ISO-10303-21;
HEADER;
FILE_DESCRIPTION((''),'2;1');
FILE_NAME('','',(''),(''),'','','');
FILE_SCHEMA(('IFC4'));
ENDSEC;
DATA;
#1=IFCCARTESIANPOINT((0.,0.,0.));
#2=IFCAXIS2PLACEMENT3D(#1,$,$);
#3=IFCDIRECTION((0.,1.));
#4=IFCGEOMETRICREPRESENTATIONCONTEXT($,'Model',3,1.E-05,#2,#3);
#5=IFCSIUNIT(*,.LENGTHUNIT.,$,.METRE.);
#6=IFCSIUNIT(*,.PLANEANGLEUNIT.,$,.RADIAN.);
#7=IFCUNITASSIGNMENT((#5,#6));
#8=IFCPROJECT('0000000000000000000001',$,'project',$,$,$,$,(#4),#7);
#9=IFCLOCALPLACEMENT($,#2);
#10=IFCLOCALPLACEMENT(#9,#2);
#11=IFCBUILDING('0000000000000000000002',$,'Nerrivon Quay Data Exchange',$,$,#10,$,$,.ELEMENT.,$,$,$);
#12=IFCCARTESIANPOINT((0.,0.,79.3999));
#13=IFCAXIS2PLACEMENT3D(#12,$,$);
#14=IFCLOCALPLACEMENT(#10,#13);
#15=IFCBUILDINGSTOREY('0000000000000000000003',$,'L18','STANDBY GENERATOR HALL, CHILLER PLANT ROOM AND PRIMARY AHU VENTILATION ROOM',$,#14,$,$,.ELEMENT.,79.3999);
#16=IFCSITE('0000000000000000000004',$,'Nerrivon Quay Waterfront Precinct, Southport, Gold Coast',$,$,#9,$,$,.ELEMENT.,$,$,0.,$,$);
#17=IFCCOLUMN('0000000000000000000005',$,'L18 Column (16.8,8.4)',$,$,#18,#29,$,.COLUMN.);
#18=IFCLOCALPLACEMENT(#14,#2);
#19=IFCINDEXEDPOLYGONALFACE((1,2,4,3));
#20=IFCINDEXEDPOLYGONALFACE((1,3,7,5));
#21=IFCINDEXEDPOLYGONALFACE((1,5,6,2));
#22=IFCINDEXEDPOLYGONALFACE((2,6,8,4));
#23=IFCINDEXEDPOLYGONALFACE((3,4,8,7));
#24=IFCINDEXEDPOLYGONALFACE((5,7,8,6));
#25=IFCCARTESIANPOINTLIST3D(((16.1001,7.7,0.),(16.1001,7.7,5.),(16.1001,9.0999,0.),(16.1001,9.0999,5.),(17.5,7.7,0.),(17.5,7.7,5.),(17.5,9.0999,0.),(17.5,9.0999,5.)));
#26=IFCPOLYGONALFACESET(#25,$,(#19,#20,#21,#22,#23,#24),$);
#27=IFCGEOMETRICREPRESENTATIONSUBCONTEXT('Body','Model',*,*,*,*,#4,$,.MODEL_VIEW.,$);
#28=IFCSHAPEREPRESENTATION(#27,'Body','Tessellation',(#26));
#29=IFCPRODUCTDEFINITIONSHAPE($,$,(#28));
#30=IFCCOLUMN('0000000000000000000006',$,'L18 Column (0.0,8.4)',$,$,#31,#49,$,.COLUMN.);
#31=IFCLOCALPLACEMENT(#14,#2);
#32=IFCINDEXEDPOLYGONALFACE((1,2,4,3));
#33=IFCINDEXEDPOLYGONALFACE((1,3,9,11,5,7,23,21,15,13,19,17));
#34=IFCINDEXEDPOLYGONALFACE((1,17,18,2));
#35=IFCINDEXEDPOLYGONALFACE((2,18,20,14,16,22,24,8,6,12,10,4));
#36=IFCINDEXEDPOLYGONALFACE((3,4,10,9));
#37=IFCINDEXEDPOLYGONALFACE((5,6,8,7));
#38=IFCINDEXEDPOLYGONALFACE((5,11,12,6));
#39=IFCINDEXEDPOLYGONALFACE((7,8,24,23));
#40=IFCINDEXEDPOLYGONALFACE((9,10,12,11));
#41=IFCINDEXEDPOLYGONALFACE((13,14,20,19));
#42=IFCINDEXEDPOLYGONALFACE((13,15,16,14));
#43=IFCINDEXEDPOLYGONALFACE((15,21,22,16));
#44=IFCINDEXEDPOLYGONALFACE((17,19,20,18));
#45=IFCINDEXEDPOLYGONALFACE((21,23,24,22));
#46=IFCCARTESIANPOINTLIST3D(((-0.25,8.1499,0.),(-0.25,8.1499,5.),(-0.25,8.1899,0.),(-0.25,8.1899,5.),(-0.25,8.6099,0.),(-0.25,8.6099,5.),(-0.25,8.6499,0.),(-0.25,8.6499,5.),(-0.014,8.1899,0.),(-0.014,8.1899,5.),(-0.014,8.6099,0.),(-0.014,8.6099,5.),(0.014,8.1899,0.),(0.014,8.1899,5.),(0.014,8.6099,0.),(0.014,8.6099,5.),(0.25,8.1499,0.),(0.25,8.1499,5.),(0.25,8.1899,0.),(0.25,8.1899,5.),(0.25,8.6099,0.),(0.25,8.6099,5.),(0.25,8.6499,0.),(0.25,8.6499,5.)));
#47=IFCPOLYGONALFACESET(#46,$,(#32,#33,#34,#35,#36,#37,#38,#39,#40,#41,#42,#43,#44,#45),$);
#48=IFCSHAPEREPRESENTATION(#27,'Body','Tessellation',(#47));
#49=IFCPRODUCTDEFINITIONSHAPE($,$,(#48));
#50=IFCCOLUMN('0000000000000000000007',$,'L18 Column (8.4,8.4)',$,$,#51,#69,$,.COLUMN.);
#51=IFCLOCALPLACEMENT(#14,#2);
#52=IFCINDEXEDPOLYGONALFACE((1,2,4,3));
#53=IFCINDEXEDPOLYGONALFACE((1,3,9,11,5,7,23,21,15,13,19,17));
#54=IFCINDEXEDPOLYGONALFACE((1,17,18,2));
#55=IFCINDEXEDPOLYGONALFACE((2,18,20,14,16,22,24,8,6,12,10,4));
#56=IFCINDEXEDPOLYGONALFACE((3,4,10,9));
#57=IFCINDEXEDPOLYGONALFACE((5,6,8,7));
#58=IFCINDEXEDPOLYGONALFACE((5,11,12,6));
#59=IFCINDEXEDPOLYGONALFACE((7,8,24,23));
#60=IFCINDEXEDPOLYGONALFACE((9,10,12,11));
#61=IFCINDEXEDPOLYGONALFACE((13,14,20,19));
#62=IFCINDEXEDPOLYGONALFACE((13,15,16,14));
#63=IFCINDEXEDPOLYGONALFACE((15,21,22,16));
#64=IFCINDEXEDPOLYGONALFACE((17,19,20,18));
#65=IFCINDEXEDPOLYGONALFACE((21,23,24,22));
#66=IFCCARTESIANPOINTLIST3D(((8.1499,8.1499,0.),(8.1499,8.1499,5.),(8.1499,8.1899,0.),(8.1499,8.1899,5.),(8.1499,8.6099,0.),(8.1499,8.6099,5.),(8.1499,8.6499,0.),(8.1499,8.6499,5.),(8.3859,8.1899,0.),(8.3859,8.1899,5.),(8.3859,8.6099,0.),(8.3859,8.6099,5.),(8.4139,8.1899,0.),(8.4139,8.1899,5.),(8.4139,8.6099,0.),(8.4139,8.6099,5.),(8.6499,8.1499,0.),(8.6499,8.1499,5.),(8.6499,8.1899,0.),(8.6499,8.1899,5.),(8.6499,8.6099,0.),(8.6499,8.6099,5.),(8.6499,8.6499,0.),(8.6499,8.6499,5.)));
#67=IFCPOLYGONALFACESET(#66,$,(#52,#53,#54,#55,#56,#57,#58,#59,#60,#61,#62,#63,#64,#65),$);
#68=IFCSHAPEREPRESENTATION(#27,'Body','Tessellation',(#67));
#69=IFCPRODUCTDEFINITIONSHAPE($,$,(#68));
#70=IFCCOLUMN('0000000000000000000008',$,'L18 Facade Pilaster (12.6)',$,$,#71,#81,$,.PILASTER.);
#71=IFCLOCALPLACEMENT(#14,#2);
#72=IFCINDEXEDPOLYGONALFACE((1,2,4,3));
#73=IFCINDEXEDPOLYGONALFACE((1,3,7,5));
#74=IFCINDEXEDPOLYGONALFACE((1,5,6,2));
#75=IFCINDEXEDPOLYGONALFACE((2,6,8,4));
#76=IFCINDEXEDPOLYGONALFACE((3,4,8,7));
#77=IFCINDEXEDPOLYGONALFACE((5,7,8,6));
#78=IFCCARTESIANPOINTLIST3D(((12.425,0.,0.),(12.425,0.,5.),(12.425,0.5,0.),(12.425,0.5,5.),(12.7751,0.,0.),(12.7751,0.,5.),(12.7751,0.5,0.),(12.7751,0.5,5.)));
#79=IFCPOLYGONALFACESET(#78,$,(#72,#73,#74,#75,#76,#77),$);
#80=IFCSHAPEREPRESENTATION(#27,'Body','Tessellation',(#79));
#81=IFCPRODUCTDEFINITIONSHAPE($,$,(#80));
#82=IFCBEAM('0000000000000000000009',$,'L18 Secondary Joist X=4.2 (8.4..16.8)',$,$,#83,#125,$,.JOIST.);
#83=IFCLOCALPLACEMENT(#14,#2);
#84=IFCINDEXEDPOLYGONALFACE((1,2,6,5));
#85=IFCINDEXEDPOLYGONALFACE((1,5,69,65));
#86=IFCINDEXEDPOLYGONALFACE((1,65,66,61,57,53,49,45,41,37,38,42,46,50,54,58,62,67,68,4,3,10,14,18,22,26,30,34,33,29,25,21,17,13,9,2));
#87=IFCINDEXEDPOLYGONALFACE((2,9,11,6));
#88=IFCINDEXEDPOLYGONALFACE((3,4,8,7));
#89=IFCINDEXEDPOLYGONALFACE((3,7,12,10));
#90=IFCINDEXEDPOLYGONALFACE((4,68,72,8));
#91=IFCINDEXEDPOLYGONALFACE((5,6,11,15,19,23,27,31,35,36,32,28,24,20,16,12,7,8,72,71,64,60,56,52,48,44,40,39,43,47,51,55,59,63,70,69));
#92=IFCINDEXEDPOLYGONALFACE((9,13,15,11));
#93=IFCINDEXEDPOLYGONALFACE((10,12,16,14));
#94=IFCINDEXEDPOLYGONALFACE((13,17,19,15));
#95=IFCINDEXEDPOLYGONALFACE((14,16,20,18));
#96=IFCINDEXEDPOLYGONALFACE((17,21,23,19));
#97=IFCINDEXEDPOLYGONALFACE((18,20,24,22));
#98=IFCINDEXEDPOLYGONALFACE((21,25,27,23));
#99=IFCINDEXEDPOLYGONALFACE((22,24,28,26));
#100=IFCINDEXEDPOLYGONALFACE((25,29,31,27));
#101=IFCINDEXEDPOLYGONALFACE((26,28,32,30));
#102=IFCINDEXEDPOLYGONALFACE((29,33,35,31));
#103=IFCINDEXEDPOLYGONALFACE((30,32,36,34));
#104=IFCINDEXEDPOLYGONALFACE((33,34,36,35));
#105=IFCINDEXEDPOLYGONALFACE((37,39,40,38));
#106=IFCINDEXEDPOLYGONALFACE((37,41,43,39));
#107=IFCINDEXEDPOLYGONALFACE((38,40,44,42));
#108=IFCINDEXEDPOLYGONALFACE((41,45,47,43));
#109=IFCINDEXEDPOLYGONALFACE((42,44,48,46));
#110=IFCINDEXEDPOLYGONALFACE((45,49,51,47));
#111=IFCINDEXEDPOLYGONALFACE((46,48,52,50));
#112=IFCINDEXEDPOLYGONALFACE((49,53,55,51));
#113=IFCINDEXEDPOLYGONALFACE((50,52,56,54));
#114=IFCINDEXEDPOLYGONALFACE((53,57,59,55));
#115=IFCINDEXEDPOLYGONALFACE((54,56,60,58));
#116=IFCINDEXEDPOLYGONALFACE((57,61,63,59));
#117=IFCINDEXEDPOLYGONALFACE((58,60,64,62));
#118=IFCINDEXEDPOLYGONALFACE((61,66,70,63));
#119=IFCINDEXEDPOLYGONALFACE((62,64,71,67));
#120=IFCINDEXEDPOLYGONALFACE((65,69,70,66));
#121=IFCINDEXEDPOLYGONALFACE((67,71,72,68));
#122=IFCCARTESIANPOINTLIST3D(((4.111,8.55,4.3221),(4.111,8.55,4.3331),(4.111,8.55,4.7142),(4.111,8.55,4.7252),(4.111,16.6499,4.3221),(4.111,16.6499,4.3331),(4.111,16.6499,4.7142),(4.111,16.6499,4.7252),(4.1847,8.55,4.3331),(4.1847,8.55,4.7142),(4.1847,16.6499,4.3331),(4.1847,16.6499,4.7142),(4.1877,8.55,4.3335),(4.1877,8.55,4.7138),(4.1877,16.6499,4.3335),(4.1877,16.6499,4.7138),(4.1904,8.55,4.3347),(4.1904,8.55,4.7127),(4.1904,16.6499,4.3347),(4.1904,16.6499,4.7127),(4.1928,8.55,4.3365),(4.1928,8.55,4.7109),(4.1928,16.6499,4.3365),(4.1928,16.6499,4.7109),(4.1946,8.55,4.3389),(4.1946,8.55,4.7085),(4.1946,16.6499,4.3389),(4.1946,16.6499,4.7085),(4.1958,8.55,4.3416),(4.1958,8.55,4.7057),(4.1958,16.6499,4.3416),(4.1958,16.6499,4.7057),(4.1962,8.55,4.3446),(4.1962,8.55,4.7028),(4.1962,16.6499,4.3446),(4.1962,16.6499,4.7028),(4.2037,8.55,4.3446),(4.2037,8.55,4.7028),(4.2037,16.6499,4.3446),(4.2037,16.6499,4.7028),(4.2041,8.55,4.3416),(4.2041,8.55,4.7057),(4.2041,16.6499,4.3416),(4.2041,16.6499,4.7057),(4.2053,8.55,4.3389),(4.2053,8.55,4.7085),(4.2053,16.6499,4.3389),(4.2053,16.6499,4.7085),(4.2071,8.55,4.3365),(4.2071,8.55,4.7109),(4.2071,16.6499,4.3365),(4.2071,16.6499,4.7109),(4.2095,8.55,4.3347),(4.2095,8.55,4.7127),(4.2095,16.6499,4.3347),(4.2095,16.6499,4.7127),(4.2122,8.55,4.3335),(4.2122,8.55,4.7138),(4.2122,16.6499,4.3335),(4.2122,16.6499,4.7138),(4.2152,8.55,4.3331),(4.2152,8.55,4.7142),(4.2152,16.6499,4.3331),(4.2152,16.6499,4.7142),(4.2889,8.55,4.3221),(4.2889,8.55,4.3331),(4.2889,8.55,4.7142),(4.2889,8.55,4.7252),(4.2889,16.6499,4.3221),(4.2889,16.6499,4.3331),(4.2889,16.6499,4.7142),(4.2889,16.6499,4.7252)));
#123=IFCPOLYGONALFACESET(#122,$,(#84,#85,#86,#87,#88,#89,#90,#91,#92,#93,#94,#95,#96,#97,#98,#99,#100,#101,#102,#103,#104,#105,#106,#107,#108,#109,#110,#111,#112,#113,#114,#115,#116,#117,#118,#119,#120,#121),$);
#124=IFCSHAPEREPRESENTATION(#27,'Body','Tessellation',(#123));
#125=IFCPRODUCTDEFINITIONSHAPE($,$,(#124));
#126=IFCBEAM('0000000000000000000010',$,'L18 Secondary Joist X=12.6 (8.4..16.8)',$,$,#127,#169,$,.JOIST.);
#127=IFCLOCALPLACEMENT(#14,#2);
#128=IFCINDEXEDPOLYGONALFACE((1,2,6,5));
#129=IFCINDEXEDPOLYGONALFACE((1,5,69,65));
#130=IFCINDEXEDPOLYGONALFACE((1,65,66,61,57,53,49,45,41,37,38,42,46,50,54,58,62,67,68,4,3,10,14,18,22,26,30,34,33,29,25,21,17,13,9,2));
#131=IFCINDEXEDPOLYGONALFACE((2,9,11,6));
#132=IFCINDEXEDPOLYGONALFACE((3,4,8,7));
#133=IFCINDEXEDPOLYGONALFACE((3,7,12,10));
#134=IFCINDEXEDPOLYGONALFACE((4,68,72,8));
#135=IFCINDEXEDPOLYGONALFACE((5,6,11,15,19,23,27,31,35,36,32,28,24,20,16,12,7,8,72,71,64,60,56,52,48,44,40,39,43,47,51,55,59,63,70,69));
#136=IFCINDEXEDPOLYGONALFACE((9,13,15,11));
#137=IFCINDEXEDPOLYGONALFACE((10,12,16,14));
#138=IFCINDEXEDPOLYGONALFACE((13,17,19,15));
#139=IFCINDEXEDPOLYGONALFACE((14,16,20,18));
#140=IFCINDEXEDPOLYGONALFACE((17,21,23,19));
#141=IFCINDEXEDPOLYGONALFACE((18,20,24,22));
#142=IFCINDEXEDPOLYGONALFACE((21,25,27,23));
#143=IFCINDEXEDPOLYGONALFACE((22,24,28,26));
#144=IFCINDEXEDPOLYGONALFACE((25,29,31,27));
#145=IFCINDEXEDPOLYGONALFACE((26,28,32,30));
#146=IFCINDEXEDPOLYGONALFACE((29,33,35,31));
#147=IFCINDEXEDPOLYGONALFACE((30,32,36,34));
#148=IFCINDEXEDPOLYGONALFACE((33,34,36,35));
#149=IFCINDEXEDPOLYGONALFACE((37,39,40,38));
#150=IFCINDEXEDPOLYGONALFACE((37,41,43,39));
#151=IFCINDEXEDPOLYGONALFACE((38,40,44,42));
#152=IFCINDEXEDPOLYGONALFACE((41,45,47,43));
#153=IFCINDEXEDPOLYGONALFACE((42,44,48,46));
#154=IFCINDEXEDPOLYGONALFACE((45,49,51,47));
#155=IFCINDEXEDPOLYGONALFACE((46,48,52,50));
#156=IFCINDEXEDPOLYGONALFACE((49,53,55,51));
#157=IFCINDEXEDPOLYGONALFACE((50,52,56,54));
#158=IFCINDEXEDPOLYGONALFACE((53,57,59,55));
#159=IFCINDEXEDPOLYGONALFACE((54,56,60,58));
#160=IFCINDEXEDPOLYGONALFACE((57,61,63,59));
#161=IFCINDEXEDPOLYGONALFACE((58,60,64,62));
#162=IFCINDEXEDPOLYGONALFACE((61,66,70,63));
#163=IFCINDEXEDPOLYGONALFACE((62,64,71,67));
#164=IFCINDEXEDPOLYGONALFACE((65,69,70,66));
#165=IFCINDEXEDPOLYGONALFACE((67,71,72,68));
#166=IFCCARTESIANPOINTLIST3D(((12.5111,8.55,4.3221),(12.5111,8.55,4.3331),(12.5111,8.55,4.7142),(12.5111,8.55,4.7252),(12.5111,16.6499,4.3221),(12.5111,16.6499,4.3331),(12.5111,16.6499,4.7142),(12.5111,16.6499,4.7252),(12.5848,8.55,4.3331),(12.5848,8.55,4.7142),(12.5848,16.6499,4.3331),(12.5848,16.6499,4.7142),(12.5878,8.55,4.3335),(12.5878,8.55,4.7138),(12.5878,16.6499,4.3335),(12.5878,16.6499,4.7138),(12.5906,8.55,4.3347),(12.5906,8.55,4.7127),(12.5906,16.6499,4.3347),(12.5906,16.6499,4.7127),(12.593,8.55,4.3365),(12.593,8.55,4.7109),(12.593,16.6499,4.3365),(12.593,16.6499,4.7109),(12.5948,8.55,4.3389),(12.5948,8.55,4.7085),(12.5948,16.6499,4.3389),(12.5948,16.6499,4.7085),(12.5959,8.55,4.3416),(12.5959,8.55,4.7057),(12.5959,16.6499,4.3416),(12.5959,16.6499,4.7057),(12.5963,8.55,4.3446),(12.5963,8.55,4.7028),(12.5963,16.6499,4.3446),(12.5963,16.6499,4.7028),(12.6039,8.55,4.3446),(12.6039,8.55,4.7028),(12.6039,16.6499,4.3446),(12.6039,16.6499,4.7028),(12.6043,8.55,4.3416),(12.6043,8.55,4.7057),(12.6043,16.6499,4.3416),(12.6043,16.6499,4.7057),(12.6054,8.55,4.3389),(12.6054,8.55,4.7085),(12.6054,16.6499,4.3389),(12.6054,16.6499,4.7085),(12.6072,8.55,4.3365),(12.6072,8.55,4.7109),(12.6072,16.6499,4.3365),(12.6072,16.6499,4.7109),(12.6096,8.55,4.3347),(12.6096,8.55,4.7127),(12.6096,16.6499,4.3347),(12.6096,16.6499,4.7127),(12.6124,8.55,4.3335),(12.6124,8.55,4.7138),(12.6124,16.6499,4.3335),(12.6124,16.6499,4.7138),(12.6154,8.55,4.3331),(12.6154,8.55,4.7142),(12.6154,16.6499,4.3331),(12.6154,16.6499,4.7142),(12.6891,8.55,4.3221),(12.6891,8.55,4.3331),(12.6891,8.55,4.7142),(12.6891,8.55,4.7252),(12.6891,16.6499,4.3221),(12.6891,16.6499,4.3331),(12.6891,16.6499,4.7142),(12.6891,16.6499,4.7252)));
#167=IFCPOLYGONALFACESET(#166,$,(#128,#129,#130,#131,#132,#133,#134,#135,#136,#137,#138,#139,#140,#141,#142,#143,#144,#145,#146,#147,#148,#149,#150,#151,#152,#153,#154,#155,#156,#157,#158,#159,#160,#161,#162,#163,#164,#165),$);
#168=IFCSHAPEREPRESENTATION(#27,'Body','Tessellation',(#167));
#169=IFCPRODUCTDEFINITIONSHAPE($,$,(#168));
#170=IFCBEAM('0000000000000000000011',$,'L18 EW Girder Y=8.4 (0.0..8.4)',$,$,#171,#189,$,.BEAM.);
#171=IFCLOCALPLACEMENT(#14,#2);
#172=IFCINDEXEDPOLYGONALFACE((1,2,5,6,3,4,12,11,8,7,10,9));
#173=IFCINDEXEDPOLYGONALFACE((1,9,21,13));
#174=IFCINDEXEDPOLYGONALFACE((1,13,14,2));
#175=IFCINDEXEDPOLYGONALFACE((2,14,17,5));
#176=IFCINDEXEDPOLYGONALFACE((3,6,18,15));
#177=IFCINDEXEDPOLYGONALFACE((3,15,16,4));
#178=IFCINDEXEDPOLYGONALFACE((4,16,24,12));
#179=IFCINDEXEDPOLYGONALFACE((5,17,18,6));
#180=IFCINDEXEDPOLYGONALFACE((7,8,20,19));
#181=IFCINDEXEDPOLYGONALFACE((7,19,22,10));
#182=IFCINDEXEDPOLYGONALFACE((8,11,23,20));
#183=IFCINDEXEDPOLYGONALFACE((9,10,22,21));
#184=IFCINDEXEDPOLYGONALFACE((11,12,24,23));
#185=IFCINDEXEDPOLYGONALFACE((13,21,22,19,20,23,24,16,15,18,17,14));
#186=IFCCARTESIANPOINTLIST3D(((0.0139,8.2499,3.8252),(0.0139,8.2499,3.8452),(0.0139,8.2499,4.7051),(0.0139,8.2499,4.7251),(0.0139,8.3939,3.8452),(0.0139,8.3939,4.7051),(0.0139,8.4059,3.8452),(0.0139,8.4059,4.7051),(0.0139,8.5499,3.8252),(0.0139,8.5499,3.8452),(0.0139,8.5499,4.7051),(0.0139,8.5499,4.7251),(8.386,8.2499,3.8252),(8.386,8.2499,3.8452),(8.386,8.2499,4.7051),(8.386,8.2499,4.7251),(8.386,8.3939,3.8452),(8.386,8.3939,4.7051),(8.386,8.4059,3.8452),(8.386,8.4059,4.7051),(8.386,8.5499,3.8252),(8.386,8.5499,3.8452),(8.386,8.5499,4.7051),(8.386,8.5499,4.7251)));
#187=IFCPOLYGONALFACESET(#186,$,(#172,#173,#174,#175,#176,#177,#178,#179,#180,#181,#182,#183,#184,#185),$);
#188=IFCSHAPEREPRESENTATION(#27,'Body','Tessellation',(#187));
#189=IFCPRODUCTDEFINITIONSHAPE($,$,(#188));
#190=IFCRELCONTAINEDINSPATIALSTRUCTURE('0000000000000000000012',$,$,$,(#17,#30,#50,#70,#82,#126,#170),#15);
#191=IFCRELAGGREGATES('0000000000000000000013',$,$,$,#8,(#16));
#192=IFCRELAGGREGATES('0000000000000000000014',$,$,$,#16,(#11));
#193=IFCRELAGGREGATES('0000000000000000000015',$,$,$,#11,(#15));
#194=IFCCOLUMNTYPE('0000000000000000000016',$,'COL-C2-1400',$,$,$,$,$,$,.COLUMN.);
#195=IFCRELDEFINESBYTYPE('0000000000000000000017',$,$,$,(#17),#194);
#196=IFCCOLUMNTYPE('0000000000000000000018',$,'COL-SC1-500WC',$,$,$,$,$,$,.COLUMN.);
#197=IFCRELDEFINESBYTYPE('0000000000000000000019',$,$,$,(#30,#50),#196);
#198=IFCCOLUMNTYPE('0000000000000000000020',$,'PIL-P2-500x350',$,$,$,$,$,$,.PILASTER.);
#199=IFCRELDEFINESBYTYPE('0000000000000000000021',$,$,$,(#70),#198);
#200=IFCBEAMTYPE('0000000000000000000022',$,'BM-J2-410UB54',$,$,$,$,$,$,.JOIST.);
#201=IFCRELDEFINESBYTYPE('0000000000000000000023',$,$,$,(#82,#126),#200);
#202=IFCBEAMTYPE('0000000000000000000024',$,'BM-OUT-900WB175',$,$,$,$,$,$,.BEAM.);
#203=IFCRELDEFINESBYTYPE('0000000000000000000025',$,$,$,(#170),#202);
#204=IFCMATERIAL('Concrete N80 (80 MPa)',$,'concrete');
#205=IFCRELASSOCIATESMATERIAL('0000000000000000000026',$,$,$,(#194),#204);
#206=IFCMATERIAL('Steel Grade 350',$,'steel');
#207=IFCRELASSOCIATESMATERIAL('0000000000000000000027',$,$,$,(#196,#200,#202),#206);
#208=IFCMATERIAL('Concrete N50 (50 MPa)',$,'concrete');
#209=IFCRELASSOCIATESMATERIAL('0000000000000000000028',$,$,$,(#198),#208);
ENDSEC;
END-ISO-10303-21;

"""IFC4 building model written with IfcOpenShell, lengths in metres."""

from ifc_helpers import new_model, si_unit, direction, frame, origin, origin_2d, place, context, subcontext, project, spatial, rectangle, i_section, extrude, material, material_profile, profile_set, type_object, element, save


model = new_model("IFC4")

# Units and contexts
model_context = context("Model", 3, precision=1e-05, world=origin(), true_north=direction((0.0, 1.0)))
body_context = subcontext(model_context, "Body", "Model", "MODEL_VIEW")
ifc_project = project(units=[si_unit("LENGTHUNIT", "METRE"), si_unit("PLANEANGLEUNIT", "RADIAN")], contexts=[model_context])

# Site, building, storey
site_placement = place(None, origin())
site = spatial("IfcSite", under=ifc_project, at=site_placement, Name="Nerrivon Quay Waterfront Precinct, Southport, Gold Coast", CompositionType="ELEMENT", RefElevation=0.0)
building_placement = place(site_placement, origin())
building = spatial("IfcBuilding", under=site, at=building_placement, Name="Nerrivon Quay Data Exchange", CompositionType="ELEMENT")
storey_placement = place(building_placement, frame((0.0, 0.0, 79.3999)))
storey = spatial("IfcBuildingStorey", under=building, at=storey_placement, Name="L18", Description="STANDBY GENERATOR HALL, CHILLER PLANT ROOM AND PRIMARY AHU VENTILATION ROOM", CompositionType="ELEMENT", Elevation=79.3999)

# Columns
ifc_material_1 = material(Name="Concrete N80 (80 MPa)", Category="concrete")
ifc_material_profile_1 = material_profile(ifc_material_1, rectangle(XDim=1.3999, YDim=1.3999, at=origin_2d()), Name="RC-COL-1400x1400")
ifc_profile_set_1 = profile_set([ifc_material_profile_1], Name="Concrete N80 (80 MPa)")
column_type_1 = type_object("IfcColumnType", Name="COL-C2-1400", PredefinedType="COLUMN", material=ifc_profile_set_1)
column_1_placement = place(storey_placement, frame((16.8, 8.3999, 0.0), z_axis=(0.0, 0.0, 1.0), x_axis=(1.0, 0.0, 0.0)))
element("IfcColumn", 1, at=column_1_placement, inside=storey, type_object=column_type_1, Name="L18 Column (16.8,8.4)", PredefinedType="COLUMN", context=body_context, shape_type="SweptSolid", body=[
    extrude(rectangle(XDim=1.3999, YDim=1.3999, at=origin_2d()), origin(), (0.0, 0.0, 1.0), 5.0),
])
ifc_material_2 = material(Name="Steel Grade 350", Category="steel")
ifc_material_profile_2 = material_profile(ifc_material_2, i_section(OverallWidth=0.5, OverallDepth=0.5, WebThickness=0.0281, FlangeThickness=0.04, at=origin_2d()), Name="500WC440")
ifc_profile_set_2 = profile_set([ifc_material_profile_2], Name="Steel Grade 350")
column_type_2 = type_object("IfcColumnType", Name="COL-SC1-500WC", PredefinedType="COLUMN", material=ifc_profile_set_2)
for number, where, z_axis, x_axis, name in (
    (2, (0.0, 8.3999, 0.0), (0.0, 0.0, 1.0), (1.0, 0.0, 0.0), "L18 Column (0.0,8.4)"),
    (3, (8.3999, 8.3999, 0.0), (0.0, 0.0, 1.0), (1.0, 0.0, 0.0), "L18 Column (8.4,8.4)"),
):
    element("IfcColumn", number, at=place(storey_placement, frame(where, z_axis=z_axis, x_axis=x_axis)), inside=storey, type_object=column_type_2, Name=name, PredefinedType="COLUMN", context=body_context, shape_type="SweptSolid", body=[
        extrude(i_section(OverallWidth=0.5, OverallDepth=0.5, WebThickness=0.0281, FlangeThickness=0.04, at=origin_2d()), origin(), (0.0, 0.0, 1.0), 5.0),
    ])
ifc_material_3 = material(Name="Concrete N50 (50 MPa)", Category="concrete")
ifc_material_profile_3 = material_profile(ifc_material_3, rectangle(XDim=0.3501, YDim=0.5, at=origin_2d()), Name="RC-PIL-500x350")
ifc_profile_set_3 = profile_set([ifc_material_profile_3], Name="Concrete N50 (50 MPa)")
column_type_3 = type_object("IfcColumnType", Name="PIL-P2-500x350", PredefinedType="PILASTER", material=ifc_profile_set_3)
column_2_placement = place(storey_placement, frame((12.6001, 0.25, 0.0), z_axis=(0.0, 0.0, 1.0), x_axis=(1.0, 0.0, 0.0)))
element("IfcColumn", 4, at=column_2_placement, inside=storey, type_object=column_type_3, Name="L18 Facade Pilaster (12.6)", PredefinedType="PILASTER", context=body_context, shape_type="SweptSolid", body=[
    extrude(rectangle(XDim=0.3501, YDim=0.5, at=origin_2d()), origin(), (0.0, 0.0, 1.0), 5.0),
])

# Beams
ifc_material_profile_4 = material_profile(ifc_material_2, i_section(OverallWidth=0.178, OverallDepth=0.4031, WebThickness=0.0076, FlangeThickness=0.011, FilletRadius=0.0115, at=origin_2d()), Name="410UB53.7")
ifc_profile_set_4 = profile_set([ifc_material_profile_4], Name="Steel Grade 350")
beam_type_1 = type_object("IfcBeamType", Name="BM-J2-410UB54", PredefinedType="JOIST", material=ifc_profile_set_4)
for number, where, z_axis, x_axis, name in (
    (5, (4.2, 8.55, 4.5237), (0.0, 1.0, 0.0), (-1.0, 0.0, 0.0), "L18 Secondary Joist X=4.2 (8.4..16.8)"),
    (6, (12.6001, 8.55, 4.5237), (0.0, 1.0, 0.0), (-1.0, 0.0, 0.0), "L18 Secondary Joist X=12.6 (8.4..16.8)"),
):
    element("IfcBeam", number, at=place(storey_placement, frame(where, z_axis=z_axis, x_axis=x_axis)), inside=storey, type_object=beam_type_1, Name=name, PredefinedType="JOIST", context=body_context, shape_type="SweptSolid", body=[
        extrude(i_section(OverallWidth=0.178, OverallDepth=0.4031, WebThickness=0.0076, FlangeThickness=0.011, FilletRadius=0.0115, at=origin_2d()), origin(), (0.0, 0.0, 1.0), 8.0999),
    ])
ifc_material_profile_5 = material_profile(ifc_material_2, i_section(OverallWidth=0.3, OverallDepth=0.8999, WebThickness=0.012, FlangeThickness=0.02, at=origin_2d()), Name="900WB175")
ifc_profile_set_5 = profile_set([ifc_material_profile_5], Name="Steel Grade 350")
beam_type_2 = type_object("IfcBeamType", Name="BM-OUT-900WB175", PredefinedType="BEAM", material=ifc_profile_set_5)
beam_1_placement = place(storey_placement, frame((0.0139, 8.3999, 4.2751), z_axis=(1.0, 0.0, 0.0), x_axis=(0.0, 1.0, 0.0)))
element("IfcBeam", 7, at=beam_1_placement, inside=storey, type_object=beam_type_2, Name="L18 EW Girder Y=8.4 (0.0..8.4)", PredefinedType="BEAM", context=body_context, shape_type="SweptSolid", body=[
    extrude(i_section(OverallWidth=0.3, OverallDepth=0.8999, WebThickness=0.012, FlangeThickness=0.02, at=origin_2d()), origin(), (0.0, 0.0, 1.0), 8.3721),
])

save(model, "model.ifc")
